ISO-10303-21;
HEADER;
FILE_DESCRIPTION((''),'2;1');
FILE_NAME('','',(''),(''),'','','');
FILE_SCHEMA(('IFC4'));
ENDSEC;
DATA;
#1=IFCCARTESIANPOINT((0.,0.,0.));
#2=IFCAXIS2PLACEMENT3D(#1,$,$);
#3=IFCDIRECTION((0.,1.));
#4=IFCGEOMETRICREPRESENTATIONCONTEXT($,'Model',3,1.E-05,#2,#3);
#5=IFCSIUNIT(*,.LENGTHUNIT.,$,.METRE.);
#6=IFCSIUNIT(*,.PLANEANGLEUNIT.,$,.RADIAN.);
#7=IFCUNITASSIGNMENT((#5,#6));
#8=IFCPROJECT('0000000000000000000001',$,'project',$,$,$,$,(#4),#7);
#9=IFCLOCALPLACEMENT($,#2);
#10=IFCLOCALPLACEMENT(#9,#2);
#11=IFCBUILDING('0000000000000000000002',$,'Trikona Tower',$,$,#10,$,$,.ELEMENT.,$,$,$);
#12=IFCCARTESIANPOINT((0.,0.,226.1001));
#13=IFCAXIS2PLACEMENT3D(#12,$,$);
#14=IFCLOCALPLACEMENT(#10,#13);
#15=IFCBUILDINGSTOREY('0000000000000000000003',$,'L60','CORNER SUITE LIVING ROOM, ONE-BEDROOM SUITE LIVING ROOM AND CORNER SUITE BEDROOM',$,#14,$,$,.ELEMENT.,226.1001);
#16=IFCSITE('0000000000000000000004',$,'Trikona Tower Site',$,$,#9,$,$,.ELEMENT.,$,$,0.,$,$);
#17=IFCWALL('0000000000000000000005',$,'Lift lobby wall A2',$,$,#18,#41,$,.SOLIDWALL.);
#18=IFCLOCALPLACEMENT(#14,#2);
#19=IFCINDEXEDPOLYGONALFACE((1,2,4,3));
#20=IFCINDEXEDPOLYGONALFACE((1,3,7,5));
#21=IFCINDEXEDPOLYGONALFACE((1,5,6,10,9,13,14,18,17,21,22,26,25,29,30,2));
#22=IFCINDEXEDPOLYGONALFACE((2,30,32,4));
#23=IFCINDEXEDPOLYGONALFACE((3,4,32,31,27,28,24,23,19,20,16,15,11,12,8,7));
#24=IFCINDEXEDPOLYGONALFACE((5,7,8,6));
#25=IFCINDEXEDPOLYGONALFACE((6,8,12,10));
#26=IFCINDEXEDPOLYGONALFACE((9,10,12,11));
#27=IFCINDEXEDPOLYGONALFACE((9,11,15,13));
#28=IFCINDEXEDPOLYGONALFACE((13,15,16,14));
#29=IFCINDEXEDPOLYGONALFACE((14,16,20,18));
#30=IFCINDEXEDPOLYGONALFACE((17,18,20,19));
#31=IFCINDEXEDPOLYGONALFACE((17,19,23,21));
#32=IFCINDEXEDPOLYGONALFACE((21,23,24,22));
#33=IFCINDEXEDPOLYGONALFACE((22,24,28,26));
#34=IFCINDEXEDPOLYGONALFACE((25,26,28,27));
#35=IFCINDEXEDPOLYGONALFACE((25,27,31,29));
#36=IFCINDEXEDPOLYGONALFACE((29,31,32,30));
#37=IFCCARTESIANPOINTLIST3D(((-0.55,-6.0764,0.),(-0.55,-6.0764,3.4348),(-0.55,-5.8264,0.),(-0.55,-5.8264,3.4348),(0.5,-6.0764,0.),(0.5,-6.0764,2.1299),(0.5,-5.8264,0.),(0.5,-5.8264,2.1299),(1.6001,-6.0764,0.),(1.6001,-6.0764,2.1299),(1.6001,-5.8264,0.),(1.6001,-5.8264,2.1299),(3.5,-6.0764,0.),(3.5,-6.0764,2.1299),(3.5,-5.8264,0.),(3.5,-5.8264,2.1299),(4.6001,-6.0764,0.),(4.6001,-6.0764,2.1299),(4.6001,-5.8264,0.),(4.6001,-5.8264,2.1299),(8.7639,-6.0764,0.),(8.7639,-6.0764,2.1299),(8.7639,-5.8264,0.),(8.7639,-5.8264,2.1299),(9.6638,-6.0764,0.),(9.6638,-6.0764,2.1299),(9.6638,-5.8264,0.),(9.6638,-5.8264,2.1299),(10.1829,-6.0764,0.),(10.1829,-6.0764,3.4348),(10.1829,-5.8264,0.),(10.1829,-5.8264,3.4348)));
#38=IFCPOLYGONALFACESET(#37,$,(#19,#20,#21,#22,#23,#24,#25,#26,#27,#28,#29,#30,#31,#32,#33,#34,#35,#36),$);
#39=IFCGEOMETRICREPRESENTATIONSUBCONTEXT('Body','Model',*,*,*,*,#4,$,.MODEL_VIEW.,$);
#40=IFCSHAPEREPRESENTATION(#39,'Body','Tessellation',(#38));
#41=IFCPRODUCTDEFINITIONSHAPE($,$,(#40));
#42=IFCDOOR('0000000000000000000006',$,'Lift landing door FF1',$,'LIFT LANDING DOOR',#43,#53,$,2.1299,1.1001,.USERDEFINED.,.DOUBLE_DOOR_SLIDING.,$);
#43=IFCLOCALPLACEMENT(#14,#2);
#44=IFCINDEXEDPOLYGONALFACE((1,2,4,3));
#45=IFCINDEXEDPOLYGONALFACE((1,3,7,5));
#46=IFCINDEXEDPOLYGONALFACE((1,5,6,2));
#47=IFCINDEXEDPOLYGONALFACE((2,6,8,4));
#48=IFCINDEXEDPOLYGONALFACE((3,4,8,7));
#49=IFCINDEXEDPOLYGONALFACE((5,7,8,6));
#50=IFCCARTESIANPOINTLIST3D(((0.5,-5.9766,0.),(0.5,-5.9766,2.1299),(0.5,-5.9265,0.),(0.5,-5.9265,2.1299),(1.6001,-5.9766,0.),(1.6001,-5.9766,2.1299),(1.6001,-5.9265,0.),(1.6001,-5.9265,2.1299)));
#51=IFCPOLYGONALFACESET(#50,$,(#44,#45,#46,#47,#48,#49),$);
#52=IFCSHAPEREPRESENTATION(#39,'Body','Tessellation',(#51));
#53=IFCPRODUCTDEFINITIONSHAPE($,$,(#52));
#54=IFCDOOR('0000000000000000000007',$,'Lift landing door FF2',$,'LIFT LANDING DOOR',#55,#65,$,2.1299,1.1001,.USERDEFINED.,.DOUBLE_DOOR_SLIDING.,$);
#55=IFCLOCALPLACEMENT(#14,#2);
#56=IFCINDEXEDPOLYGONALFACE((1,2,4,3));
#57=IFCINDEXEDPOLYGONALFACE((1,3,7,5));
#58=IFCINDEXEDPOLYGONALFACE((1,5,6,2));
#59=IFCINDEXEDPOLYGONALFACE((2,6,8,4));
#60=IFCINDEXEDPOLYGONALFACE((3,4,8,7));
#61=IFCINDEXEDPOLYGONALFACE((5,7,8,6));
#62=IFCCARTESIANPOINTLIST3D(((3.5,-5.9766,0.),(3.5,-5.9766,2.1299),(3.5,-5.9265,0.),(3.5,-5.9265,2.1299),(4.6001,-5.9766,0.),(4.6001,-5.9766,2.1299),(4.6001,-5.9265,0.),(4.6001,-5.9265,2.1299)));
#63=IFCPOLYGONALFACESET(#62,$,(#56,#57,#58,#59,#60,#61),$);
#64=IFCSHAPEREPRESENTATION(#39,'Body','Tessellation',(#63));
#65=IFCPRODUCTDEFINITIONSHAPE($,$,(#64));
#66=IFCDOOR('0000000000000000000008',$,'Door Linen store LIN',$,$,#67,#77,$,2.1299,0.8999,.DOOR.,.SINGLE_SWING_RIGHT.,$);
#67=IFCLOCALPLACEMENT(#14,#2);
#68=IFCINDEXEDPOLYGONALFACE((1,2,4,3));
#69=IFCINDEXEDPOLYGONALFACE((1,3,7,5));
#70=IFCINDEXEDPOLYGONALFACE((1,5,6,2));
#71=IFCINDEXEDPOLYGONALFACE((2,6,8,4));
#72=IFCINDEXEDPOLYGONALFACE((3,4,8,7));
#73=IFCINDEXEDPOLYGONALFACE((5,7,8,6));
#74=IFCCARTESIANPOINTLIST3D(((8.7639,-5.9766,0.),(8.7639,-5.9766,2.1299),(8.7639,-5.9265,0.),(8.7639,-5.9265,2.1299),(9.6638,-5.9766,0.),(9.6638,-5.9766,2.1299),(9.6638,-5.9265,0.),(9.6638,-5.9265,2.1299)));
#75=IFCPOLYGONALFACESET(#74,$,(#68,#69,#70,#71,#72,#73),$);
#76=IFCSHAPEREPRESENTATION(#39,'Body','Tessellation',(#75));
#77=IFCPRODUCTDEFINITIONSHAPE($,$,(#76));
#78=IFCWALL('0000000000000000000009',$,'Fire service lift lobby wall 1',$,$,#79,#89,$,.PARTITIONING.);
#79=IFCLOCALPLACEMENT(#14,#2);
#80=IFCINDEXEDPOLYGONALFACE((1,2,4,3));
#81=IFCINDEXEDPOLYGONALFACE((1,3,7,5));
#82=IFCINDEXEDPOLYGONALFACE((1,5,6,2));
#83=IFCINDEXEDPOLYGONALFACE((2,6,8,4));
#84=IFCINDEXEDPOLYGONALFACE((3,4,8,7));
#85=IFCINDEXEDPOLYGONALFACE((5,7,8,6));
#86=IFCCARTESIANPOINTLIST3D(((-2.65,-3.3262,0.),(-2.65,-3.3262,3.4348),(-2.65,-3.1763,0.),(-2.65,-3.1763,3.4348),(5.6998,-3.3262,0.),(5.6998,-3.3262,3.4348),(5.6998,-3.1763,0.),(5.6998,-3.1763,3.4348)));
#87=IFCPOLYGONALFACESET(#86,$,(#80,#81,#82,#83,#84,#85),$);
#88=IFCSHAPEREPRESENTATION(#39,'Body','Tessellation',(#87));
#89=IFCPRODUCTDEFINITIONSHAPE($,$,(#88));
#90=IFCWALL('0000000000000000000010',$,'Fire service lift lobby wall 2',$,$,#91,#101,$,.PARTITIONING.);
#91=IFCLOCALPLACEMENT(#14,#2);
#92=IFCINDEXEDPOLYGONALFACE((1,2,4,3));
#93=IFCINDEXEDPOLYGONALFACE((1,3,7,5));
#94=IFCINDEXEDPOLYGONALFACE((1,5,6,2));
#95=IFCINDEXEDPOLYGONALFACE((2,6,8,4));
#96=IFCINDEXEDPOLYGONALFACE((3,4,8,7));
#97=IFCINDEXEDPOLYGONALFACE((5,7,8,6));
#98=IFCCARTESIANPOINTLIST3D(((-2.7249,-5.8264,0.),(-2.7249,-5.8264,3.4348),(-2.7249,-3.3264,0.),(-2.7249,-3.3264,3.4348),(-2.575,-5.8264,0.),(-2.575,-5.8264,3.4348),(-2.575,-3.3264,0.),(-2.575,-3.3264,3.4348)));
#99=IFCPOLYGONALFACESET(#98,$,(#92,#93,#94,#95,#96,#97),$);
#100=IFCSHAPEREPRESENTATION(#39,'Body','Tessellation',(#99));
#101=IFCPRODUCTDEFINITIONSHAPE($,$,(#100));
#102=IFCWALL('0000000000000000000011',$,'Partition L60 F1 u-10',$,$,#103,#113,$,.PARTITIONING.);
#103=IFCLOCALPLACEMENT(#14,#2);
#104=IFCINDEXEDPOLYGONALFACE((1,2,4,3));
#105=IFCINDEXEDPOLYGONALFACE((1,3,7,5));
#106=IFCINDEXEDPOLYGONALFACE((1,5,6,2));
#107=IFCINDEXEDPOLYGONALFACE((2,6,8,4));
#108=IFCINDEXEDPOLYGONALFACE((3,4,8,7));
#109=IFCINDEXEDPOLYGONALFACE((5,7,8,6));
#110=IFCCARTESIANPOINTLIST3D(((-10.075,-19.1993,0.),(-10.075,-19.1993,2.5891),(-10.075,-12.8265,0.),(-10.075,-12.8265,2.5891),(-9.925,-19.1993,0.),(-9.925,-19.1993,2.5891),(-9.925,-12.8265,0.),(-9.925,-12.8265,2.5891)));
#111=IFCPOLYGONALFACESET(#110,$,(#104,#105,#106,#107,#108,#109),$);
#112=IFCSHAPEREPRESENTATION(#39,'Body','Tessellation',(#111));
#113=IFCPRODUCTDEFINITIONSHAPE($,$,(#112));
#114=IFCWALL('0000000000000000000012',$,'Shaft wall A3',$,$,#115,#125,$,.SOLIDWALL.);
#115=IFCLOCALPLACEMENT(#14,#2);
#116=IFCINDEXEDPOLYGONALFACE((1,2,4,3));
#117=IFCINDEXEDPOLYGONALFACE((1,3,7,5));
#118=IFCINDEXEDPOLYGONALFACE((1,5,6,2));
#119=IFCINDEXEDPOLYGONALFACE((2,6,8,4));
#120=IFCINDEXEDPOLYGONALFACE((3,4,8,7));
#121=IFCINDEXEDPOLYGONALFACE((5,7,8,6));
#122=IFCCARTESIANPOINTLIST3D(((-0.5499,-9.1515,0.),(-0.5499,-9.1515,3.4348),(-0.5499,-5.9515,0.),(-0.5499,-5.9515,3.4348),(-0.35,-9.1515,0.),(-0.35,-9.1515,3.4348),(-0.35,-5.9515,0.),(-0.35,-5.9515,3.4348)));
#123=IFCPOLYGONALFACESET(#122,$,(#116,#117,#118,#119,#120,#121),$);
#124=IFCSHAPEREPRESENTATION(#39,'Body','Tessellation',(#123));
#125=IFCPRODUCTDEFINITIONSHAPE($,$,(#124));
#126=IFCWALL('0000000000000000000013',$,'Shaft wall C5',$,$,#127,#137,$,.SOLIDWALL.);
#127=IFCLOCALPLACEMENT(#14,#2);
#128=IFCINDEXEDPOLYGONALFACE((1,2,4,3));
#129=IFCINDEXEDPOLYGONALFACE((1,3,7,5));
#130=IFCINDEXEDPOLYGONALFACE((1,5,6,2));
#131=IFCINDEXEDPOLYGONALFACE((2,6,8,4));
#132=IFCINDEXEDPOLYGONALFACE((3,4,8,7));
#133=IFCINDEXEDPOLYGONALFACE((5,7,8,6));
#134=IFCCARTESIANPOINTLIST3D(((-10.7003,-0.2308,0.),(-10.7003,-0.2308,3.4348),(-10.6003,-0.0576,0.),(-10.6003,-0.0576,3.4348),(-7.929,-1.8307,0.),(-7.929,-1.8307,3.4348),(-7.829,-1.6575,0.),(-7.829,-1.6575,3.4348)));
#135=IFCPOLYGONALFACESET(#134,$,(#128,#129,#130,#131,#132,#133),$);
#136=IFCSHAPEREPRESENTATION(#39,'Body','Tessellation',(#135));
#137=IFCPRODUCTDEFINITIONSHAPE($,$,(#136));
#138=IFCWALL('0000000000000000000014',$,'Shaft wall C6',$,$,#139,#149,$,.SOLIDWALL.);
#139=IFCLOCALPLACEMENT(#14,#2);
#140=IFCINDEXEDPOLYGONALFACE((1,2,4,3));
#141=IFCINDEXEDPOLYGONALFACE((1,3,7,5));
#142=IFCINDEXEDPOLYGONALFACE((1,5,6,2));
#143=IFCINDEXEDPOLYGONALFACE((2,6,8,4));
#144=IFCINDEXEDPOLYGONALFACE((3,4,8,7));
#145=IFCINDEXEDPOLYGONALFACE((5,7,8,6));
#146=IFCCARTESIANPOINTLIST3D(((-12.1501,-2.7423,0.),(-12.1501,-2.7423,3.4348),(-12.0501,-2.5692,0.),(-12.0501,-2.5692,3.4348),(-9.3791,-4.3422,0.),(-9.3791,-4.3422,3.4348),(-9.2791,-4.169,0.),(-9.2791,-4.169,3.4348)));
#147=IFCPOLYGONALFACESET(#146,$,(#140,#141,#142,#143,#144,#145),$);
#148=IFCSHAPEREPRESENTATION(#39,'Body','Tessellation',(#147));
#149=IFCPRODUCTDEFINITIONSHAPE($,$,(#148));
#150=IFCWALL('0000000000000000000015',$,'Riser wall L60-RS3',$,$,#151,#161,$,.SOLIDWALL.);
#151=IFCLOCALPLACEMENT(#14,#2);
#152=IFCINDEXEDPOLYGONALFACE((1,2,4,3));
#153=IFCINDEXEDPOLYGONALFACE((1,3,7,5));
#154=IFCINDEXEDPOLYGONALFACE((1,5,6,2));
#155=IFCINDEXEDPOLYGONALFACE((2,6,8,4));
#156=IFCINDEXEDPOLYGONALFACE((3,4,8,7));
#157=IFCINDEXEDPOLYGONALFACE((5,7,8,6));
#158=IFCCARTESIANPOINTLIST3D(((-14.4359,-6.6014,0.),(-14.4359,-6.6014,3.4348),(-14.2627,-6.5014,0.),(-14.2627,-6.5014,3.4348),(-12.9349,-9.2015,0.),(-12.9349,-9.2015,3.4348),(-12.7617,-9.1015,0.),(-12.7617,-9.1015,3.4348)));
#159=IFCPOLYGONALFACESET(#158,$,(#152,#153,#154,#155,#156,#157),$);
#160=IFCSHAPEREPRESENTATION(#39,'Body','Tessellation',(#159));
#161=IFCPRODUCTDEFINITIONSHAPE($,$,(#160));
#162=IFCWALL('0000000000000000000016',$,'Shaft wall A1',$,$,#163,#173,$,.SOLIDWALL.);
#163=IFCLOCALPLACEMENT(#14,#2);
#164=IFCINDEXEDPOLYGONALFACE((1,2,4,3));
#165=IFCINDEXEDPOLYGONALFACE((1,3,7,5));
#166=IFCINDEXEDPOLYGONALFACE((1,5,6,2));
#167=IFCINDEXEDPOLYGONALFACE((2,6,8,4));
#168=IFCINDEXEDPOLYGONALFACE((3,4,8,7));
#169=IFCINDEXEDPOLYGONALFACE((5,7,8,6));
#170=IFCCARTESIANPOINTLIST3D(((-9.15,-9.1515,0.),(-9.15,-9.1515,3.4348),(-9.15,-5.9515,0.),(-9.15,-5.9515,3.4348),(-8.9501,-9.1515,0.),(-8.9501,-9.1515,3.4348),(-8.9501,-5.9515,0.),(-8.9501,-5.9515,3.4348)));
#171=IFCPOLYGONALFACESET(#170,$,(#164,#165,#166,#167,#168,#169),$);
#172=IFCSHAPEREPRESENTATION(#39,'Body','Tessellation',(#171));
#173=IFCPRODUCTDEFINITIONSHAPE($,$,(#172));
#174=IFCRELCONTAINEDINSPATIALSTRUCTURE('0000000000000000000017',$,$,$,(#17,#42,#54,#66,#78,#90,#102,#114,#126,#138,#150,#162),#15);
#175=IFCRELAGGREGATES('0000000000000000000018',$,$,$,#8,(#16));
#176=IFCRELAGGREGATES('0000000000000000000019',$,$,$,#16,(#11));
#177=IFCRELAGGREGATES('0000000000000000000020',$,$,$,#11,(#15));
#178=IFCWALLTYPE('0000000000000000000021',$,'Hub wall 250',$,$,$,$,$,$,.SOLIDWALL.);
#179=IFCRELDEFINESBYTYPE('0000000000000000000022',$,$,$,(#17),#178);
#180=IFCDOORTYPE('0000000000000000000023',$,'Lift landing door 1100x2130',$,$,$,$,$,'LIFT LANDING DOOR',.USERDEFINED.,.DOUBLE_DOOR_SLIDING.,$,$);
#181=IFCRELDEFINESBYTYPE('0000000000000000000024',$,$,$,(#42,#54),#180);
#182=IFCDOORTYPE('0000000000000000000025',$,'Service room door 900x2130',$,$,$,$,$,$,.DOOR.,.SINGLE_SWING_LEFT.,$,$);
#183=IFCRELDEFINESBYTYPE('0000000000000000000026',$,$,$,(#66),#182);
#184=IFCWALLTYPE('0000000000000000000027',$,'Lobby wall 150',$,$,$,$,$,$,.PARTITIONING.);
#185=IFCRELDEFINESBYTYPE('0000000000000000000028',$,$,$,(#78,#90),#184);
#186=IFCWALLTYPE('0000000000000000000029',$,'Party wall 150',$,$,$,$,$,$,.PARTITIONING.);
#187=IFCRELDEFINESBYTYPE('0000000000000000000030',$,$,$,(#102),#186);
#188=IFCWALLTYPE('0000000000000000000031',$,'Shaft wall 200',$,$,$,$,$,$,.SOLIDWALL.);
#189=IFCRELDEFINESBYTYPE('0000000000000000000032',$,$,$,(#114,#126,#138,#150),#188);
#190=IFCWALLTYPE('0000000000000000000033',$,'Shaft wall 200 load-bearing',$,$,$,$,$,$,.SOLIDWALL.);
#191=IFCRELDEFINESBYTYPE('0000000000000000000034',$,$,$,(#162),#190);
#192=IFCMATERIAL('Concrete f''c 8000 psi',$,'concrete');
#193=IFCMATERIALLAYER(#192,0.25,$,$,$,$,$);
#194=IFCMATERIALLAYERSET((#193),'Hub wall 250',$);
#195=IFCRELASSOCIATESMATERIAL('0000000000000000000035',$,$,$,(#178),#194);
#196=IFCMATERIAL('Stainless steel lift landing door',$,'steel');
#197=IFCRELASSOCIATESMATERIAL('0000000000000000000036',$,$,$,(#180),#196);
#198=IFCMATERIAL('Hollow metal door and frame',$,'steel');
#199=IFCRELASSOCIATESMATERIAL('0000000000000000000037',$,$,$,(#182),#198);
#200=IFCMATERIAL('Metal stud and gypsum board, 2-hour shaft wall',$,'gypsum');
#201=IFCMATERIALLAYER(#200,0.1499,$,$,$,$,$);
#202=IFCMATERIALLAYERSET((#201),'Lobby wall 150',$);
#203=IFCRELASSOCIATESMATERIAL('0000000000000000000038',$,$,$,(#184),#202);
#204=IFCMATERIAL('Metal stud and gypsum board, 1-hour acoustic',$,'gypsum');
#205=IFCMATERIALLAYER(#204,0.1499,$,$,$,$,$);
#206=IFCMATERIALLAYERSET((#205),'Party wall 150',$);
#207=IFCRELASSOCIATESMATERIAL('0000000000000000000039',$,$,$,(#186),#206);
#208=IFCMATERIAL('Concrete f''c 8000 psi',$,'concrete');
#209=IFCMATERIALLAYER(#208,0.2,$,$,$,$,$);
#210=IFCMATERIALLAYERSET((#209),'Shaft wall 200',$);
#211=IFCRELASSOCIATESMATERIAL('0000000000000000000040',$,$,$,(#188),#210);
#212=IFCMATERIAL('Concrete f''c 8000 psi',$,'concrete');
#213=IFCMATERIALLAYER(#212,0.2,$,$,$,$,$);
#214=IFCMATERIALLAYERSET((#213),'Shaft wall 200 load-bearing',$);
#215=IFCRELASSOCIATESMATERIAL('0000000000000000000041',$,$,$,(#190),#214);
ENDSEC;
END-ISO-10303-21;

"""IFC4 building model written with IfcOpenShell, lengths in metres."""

from ifc_helpers import new_model, si_unit, direction, frame, frame_2d, origin, place, context, subcontext, project, spatial, rectangle, extrude, material, layer, layer_set, type_object, element, fill, save


model = new_model("IFC4")

# Units and contexts
model_context = context("Model", 3, precision=1e-05, world=origin(), true_north=direction((0.0, 1.0)))
body_context = subcontext(model_context, "Body", "Model", "MODEL_VIEW")
ifc_project = project(units=[si_unit("LENGTHUNIT", "METRE"), si_unit("PLANEANGLEUNIT", "RADIAN")], contexts=[model_context])

# Site, building, storey
site_placement = place(None, origin())
site = spatial("IfcSite", under=ifc_project, at=site_placement, Name="Trikona Tower Site", CompositionType="ELEMENT", RefElevation=0.0)
building_placement = place(site_placement, origin())
building = spatial("IfcBuilding", under=site, at=building_placement, Name="Trikona Tower", CompositionType="ELEMENT")
storey_placement = place(building_placement, frame((0.0, 0.0, 226.1001)))
storey = spatial("IfcBuildingStorey", under=building, at=storey_placement, Name="L60", Description="CORNER SUITE LIVING ROOM, ONE-BEDROOM SUITE LIVING ROOM AND CORNER SUITE BEDROOM", CompositionType="ELEMENT", Elevation=226.1001)

# Shared definitions
ifc_material_1 = material(Name="Concrete f'c 8000 psi", Category="concrete")
ifc_layer_1 = layer(ifc_material_1, 0.25)
ifc_layer_set_1 = layer_set([ifc_layer_1], Name="Hub wall 250")
wall_type_1 = type_object("IfcWallType", Name="Hub wall 250", PredefinedType="SOLIDWALL", material=ifc_layer_set_1)

# Wall, openings, doors
wall_1_placement = place(storey_placement, frame((-0.55, -5.9514, 0.0), z_axis=(0.0, 0.0, 1.0), x_axis=(1.0, 0.0, 0.0)))
wall_1 = element("IfcWall", 1, at=wall_1_placement, inside=storey, type_object=wall_type_1, Name="Lift lobby wall A2", PredefinedType="SOLIDWALL", context=body_context, shape_type="SweptSolid", body=[
    extrude(rectangle(XDim=10.7329, YDim=0.25, at=frame_2d((5.3665, 0.0))), origin(), (0.0, 0.0, 1.0), 3.4348),
])
opening_1_placement = place(wall_1_placement, frame((9.314, 0.0, 0.0)))
opening_1 = element("IfcOpeningElement", 2, at=opening_1_placement, cuts=wall_1, PredefinedType="OPENING", context=body_context, shape_type="SweptSolid", body=[
    extrude(rectangle(XDim=0.8999, YDim=2.1299, at=frame_2d((0.45, 1.0649))), frame((0.0, 0.135, 0.0), z_axis=(0.0, -1.0, 0.0), x_axis=(1.0, 0.0, 0.0)), (0.0, 0.0, 1.0), 0.27),
])
opening_2_placement = place(wall_1_placement, frame((1.05, 0.0, 0.0)))
opening_2 = element("IfcOpeningElement", 3, at=opening_2_placement, cuts=wall_1, PredefinedType="OPENING", context=body_context, shape_type="SweptSolid", body=[
    extrude(rectangle(XDim=1.1001, YDim=2.1299, at=frame_2d((0.55, 1.0649))), frame((0.0, 0.135, 0.0), z_axis=(0.0, -1.0, 0.0), x_axis=(1.0, 0.0, 0.0)), (0.0, 0.0, 1.0), 0.27),
])
opening_3_placement = place(wall_1_placement, frame((4.05, 0.0, 0.0)))
opening_3 = element("IfcOpeningElement", 4, at=opening_3_placement, cuts=wall_1, PredefinedType="OPENING", context=body_context, shape_type="SweptSolid", body=[
    extrude(rectangle(XDim=1.1001, YDim=2.1299, at=frame_2d((0.55, 1.0649))), frame((0.0, 0.135, 0.0), z_axis=(0.0, -1.0, 0.0), x_axis=(1.0, 0.0, 0.0)), (0.0, 0.0, 1.0), 0.27),
])
ifc_material_2 = material(Name="Stainless steel lift landing door", Category="steel")
door_type_1 = type_object("IfcDoorType", Name="Lift landing door 1100x2130", ElementType="LIFT LANDING DOOR", OperationType="DOUBLE_DOOR_SLIDING", PredefinedType="USERDEFINED", material=ifc_material_2)
door_1_placement = place(opening_2_placement, origin())
door_1 = element("IfcDoor", 5, at=door_1_placement, inside=storey, type_object=door_type_1, Name="Lift landing door FF1", ObjectType="LIFT LANDING DOOR", OperationType="DOUBLE_DOOR_SLIDING", OverallHeight=2.1299, OverallWidth=1.1001, PredefinedType="USERDEFINED", context=body_context, shape_type="SweptSolid", body=[
    extrude(rectangle(XDim=1.1001, YDim=2.1299, at=frame_2d((0.55, 1.0649))), frame((0.0, 0.0249, 0.0), z_axis=(0.0, -1.0, 0.0), x_axis=(1.0, 0.0, 0.0)), (0.0, 0.0, 1.0), 0.05),
])
fill(opening_2, door_1)
door_2_placement = place(opening_3_placement, origin())
door_2 = element("IfcDoor", 6, at=door_2_placement, inside=storey, type_object=door_type_1, Name="Lift landing door FF2", ObjectType="LIFT LANDING DOOR", OperationType="DOUBLE_DOOR_SLIDING", OverallHeight=2.1299, OverallWidth=1.1001, PredefinedType="USERDEFINED", context=body_context, shape_type="SweptSolid", body=[
    extrude(rectangle(XDim=1.1001, YDim=2.1299, at=frame_2d((0.55, 1.0649))), frame((0.0, 0.0249, 0.0), z_axis=(0.0, -1.0, 0.0), x_axis=(1.0, 0.0, 0.0)), (0.0, 0.0, 1.0), 0.05),
])
fill(opening_3, door_2)
ifc_material_3 = material(Name="Hollow metal door and frame", Category="steel")
door_type_2 = type_object("IfcDoorType", Name="Service room door 900x2130", OperationType="SINGLE_SWING_LEFT", PredefinedType="DOOR", material=ifc_material_3)
door_3_placement = place(opening_1_placement, origin())
door_3 = element("IfcDoor", 7, at=door_3_placement, inside=storey, type_object=door_type_2, Name="Door Linen store LIN", OperationType="SINGLE_SWING_RIGHT", OverallHeight=2.1299, OverallWidth=0.8999, PredefinedType="DOOR", context=body_context, shape_type="SweptSolid", body=[
    extrude(rectangle(XDim=0.8999, YDim=2.1299, at=frame_2d((0.45, 1.0649))), frame((0.0, 0.0249, 0.0), z_axis=(0.0, -1.0, 0.0), x_axis=(1.0, 0.0, 0.0)), (0.0, 0.0, 1.0), 0.05),
])
fill(opening_1, door_3)

# Walls
ifc_material_4 = material(Name="Metal stud and gypsum board, 2-hour shaft wall", Category="gypsum")
ifc_layer_2 = layer(ifc_material_4, 0.1499)
ifc_layer_set_2 = layer_set([ifc_layer_2], Name="Lobby wall 150")
wall_type_2 = type_object("IfcWallType", Name="Lobby wall 150", PredefinedType="PARTITIONING", material=ifc_layer_set_2)
wall_2_placement = place(storey_placement, frame((-2.6499, -3.2512, 0.0), z_axis=(0.0, 0.0, 1.0), x_axis=(1.0, 0.0, 0.0)))
element("IfcWall", 8, at=wall_2_placement, inside=storey, type_object=wall_type_2, Name="Fire service lift lobby wall 1", PredefinedType="PARTITIONING", context=body_context, shape_type="SweptSolid", body=[
    extrude(rectangle(XDim=8.3499, YDim=0.1499, at=frame_2d((4.1748, 0.0))), origin(), (0.0, 0.0, 1.0), 3.4348),
])
wall_3_placement = place(storey_placement, frame((-2.6499, -5.8264, 0.0), z_axis=(0.0, 0.0, 1.0), x_axis=(0.0, 1.0, 0.0)))
element("IfcWall", 9, at=wall_3_placement, inside=storey, type_object=wall_type_2, Name="Fire service lift lobby wall 2", PredefinedType="PARTITIONING", context=body_context, shape_type="SweptSolid", body=[
    extrude(rectangle(XDim=2.5, YDim=0.1499, at=frame_2d((1.25, 0.0))), origin(), (0.0, 0.0, 1.0), 3.4348),
])
ifc_material_5 = material(Name="Metal stud and gypsum board, 1-hour acoustic", Category="gypsum")
ifc_layer_3 = layer(ifc_material_5, 0.1499)
ifc_layer_set_3 = layer_set([ifc_layer_3], Name="Party wall 150")
wall_type_3 = type_object("IfcWallType", Name="Party wall 150", PredefinedType="PARTITIONING", material=ifc_layer_set_3)
wall_4_placement = place(storey_placement, frame((-10.0, -12.8264, 0.0), z_axis=(0.0, 0.0, 1.0), x_axis=(0.0, -1.0, 0.0)))
element("IfcWall", 10, at=wall_4_placement, inside=storey, type_object=wall_type_3, Name="Partition L60 F1 u-10", PredefinedType="PARTITIONING", context=body_context, shape_type="SweptSolid", body=[
    extrude(rectangle(XDim=6.3728, YDim=0.1499, at=frame_2d((3.1865, 0.0))), origin(), (0.0, 0.0, 1.0), 2.5891),
])
ifc_material_6 = material(Name="Concrete f'c 8000 psi", Category="concrete")
ifc_layer_4 = layer(ifc_material_6, 0.2)
ifc_layer_set_4 = layer_set([ifc_layer_4], Name="Shaft wall 200")
wall_type_4 = type_object("IfcWallType", Name="Shaft wall 200", PredefinedType="SOLIDWALL", material=ifc_layer_set_4)
for number, where, z_axis, x_axis, name in (
    (11, (-0.45, -5.9514, 0.0), (0.0, 0.0, 1.0), (0.0, -1.0, 0.0), "Shaft wall A3"),
    (12, (-7.8789, -1.7441, 0.0), (0.0, 0.0, 1.0), (-0.866042, 0.499971, 0.0), "Shaft wall C5"),
):
    element("IfcWall", number, at=place(storey_placement, frame(where, z_axis=z_axis, x_axis=x_axis)), inside=storey, type_object=wall_type_4, Name=name, PredefinedType="SOLIDWALL", context=body_context, shape_type="SweptSolid", body=[
        extrude(rectangle(XDim=3.2, YDim=0.2, at=frame_2d((1.6001, 0.0))), origin(), (0.0, 0.0, 1.0), 3.4348),
    ])
wall_5_placement = place(storey_placement, frame((-9.3291, -4.2556, 0.0), z_axis=(0.0, 0.0, 1.0), x_axis=(-0.866023, 0.500004, 0.0)))
element("IfcWall", 13, at=wall_5_placement, inside=storey, type_object=wall_type_4, Name="Shaft wall C6", PredefinedType="SOLIDWALL", context=body_context, shape_type="SweptSolid", body=[
    extrude(rectangle(XDim=3.1997, YDim=0.2, at=frame_2d((1.5999, 0.0))), origin(), (0.0, 0.0, 1.0), 3.4348),
])
wall_6_placement = place(storey_placement, frame((-12.8484, -9.1514, 0.0), z_axis=(0.0, 0.0, 1.0), x_axis=(-0.499952, 0.866053, 0.0)))
element("IfcWall", 14, at=wall_6_placement, inside=storey, type_object=wall_type_4, Name="Riser wall L60-RS3", PredefinedType="SOLIDWALL", context=body_context, shape_type="SweptSolid", body=[
    extrude(rectangle(XDim=3.0022, YDim=0.2, at=frame_2d((1.501, 0.0))), origin(), (0.0, 0.0, 1.0), 3.4348),
])
ifc_material_7 = material(Name="Concrete f'c 8000 psi", Category="concrete")
ifc_layer_5 = layer(ifc_material_7, 0.2)
ifc_layer_set_5 = layer_set([ifc_layer_5], Name="Shaft wall 200 load-bearing")
wall_type_5 = type_object("IfcWallType", Name="Shaft wall 200 load-bearing", PredefinedType="SOLIDWALL", material=ifc_layer_set_5)
wall_7_placement = place(storey_placement, frame((-9.05, -5.9514, 0.0), z_axis=(0.0, 0.0, 1.0), x_axis=(0.0, -1.0, 0.0)))
element("IfcWall", 15, at=wall_7_placement, inside=storey, type_object=wall_type_5, Name="Shaft wall A1", PredefinedType="SOLIDWALL", context=body_context, shape_type="SweptSolid", body=[
    extrude(rectangle(XDim=3.2, YDim=0.2, at=frame_2d((1.6001, 0.0))), origin(), (0.0, 0.0, 1.0), 3.4348),
])

save(model, "model.ifc")
